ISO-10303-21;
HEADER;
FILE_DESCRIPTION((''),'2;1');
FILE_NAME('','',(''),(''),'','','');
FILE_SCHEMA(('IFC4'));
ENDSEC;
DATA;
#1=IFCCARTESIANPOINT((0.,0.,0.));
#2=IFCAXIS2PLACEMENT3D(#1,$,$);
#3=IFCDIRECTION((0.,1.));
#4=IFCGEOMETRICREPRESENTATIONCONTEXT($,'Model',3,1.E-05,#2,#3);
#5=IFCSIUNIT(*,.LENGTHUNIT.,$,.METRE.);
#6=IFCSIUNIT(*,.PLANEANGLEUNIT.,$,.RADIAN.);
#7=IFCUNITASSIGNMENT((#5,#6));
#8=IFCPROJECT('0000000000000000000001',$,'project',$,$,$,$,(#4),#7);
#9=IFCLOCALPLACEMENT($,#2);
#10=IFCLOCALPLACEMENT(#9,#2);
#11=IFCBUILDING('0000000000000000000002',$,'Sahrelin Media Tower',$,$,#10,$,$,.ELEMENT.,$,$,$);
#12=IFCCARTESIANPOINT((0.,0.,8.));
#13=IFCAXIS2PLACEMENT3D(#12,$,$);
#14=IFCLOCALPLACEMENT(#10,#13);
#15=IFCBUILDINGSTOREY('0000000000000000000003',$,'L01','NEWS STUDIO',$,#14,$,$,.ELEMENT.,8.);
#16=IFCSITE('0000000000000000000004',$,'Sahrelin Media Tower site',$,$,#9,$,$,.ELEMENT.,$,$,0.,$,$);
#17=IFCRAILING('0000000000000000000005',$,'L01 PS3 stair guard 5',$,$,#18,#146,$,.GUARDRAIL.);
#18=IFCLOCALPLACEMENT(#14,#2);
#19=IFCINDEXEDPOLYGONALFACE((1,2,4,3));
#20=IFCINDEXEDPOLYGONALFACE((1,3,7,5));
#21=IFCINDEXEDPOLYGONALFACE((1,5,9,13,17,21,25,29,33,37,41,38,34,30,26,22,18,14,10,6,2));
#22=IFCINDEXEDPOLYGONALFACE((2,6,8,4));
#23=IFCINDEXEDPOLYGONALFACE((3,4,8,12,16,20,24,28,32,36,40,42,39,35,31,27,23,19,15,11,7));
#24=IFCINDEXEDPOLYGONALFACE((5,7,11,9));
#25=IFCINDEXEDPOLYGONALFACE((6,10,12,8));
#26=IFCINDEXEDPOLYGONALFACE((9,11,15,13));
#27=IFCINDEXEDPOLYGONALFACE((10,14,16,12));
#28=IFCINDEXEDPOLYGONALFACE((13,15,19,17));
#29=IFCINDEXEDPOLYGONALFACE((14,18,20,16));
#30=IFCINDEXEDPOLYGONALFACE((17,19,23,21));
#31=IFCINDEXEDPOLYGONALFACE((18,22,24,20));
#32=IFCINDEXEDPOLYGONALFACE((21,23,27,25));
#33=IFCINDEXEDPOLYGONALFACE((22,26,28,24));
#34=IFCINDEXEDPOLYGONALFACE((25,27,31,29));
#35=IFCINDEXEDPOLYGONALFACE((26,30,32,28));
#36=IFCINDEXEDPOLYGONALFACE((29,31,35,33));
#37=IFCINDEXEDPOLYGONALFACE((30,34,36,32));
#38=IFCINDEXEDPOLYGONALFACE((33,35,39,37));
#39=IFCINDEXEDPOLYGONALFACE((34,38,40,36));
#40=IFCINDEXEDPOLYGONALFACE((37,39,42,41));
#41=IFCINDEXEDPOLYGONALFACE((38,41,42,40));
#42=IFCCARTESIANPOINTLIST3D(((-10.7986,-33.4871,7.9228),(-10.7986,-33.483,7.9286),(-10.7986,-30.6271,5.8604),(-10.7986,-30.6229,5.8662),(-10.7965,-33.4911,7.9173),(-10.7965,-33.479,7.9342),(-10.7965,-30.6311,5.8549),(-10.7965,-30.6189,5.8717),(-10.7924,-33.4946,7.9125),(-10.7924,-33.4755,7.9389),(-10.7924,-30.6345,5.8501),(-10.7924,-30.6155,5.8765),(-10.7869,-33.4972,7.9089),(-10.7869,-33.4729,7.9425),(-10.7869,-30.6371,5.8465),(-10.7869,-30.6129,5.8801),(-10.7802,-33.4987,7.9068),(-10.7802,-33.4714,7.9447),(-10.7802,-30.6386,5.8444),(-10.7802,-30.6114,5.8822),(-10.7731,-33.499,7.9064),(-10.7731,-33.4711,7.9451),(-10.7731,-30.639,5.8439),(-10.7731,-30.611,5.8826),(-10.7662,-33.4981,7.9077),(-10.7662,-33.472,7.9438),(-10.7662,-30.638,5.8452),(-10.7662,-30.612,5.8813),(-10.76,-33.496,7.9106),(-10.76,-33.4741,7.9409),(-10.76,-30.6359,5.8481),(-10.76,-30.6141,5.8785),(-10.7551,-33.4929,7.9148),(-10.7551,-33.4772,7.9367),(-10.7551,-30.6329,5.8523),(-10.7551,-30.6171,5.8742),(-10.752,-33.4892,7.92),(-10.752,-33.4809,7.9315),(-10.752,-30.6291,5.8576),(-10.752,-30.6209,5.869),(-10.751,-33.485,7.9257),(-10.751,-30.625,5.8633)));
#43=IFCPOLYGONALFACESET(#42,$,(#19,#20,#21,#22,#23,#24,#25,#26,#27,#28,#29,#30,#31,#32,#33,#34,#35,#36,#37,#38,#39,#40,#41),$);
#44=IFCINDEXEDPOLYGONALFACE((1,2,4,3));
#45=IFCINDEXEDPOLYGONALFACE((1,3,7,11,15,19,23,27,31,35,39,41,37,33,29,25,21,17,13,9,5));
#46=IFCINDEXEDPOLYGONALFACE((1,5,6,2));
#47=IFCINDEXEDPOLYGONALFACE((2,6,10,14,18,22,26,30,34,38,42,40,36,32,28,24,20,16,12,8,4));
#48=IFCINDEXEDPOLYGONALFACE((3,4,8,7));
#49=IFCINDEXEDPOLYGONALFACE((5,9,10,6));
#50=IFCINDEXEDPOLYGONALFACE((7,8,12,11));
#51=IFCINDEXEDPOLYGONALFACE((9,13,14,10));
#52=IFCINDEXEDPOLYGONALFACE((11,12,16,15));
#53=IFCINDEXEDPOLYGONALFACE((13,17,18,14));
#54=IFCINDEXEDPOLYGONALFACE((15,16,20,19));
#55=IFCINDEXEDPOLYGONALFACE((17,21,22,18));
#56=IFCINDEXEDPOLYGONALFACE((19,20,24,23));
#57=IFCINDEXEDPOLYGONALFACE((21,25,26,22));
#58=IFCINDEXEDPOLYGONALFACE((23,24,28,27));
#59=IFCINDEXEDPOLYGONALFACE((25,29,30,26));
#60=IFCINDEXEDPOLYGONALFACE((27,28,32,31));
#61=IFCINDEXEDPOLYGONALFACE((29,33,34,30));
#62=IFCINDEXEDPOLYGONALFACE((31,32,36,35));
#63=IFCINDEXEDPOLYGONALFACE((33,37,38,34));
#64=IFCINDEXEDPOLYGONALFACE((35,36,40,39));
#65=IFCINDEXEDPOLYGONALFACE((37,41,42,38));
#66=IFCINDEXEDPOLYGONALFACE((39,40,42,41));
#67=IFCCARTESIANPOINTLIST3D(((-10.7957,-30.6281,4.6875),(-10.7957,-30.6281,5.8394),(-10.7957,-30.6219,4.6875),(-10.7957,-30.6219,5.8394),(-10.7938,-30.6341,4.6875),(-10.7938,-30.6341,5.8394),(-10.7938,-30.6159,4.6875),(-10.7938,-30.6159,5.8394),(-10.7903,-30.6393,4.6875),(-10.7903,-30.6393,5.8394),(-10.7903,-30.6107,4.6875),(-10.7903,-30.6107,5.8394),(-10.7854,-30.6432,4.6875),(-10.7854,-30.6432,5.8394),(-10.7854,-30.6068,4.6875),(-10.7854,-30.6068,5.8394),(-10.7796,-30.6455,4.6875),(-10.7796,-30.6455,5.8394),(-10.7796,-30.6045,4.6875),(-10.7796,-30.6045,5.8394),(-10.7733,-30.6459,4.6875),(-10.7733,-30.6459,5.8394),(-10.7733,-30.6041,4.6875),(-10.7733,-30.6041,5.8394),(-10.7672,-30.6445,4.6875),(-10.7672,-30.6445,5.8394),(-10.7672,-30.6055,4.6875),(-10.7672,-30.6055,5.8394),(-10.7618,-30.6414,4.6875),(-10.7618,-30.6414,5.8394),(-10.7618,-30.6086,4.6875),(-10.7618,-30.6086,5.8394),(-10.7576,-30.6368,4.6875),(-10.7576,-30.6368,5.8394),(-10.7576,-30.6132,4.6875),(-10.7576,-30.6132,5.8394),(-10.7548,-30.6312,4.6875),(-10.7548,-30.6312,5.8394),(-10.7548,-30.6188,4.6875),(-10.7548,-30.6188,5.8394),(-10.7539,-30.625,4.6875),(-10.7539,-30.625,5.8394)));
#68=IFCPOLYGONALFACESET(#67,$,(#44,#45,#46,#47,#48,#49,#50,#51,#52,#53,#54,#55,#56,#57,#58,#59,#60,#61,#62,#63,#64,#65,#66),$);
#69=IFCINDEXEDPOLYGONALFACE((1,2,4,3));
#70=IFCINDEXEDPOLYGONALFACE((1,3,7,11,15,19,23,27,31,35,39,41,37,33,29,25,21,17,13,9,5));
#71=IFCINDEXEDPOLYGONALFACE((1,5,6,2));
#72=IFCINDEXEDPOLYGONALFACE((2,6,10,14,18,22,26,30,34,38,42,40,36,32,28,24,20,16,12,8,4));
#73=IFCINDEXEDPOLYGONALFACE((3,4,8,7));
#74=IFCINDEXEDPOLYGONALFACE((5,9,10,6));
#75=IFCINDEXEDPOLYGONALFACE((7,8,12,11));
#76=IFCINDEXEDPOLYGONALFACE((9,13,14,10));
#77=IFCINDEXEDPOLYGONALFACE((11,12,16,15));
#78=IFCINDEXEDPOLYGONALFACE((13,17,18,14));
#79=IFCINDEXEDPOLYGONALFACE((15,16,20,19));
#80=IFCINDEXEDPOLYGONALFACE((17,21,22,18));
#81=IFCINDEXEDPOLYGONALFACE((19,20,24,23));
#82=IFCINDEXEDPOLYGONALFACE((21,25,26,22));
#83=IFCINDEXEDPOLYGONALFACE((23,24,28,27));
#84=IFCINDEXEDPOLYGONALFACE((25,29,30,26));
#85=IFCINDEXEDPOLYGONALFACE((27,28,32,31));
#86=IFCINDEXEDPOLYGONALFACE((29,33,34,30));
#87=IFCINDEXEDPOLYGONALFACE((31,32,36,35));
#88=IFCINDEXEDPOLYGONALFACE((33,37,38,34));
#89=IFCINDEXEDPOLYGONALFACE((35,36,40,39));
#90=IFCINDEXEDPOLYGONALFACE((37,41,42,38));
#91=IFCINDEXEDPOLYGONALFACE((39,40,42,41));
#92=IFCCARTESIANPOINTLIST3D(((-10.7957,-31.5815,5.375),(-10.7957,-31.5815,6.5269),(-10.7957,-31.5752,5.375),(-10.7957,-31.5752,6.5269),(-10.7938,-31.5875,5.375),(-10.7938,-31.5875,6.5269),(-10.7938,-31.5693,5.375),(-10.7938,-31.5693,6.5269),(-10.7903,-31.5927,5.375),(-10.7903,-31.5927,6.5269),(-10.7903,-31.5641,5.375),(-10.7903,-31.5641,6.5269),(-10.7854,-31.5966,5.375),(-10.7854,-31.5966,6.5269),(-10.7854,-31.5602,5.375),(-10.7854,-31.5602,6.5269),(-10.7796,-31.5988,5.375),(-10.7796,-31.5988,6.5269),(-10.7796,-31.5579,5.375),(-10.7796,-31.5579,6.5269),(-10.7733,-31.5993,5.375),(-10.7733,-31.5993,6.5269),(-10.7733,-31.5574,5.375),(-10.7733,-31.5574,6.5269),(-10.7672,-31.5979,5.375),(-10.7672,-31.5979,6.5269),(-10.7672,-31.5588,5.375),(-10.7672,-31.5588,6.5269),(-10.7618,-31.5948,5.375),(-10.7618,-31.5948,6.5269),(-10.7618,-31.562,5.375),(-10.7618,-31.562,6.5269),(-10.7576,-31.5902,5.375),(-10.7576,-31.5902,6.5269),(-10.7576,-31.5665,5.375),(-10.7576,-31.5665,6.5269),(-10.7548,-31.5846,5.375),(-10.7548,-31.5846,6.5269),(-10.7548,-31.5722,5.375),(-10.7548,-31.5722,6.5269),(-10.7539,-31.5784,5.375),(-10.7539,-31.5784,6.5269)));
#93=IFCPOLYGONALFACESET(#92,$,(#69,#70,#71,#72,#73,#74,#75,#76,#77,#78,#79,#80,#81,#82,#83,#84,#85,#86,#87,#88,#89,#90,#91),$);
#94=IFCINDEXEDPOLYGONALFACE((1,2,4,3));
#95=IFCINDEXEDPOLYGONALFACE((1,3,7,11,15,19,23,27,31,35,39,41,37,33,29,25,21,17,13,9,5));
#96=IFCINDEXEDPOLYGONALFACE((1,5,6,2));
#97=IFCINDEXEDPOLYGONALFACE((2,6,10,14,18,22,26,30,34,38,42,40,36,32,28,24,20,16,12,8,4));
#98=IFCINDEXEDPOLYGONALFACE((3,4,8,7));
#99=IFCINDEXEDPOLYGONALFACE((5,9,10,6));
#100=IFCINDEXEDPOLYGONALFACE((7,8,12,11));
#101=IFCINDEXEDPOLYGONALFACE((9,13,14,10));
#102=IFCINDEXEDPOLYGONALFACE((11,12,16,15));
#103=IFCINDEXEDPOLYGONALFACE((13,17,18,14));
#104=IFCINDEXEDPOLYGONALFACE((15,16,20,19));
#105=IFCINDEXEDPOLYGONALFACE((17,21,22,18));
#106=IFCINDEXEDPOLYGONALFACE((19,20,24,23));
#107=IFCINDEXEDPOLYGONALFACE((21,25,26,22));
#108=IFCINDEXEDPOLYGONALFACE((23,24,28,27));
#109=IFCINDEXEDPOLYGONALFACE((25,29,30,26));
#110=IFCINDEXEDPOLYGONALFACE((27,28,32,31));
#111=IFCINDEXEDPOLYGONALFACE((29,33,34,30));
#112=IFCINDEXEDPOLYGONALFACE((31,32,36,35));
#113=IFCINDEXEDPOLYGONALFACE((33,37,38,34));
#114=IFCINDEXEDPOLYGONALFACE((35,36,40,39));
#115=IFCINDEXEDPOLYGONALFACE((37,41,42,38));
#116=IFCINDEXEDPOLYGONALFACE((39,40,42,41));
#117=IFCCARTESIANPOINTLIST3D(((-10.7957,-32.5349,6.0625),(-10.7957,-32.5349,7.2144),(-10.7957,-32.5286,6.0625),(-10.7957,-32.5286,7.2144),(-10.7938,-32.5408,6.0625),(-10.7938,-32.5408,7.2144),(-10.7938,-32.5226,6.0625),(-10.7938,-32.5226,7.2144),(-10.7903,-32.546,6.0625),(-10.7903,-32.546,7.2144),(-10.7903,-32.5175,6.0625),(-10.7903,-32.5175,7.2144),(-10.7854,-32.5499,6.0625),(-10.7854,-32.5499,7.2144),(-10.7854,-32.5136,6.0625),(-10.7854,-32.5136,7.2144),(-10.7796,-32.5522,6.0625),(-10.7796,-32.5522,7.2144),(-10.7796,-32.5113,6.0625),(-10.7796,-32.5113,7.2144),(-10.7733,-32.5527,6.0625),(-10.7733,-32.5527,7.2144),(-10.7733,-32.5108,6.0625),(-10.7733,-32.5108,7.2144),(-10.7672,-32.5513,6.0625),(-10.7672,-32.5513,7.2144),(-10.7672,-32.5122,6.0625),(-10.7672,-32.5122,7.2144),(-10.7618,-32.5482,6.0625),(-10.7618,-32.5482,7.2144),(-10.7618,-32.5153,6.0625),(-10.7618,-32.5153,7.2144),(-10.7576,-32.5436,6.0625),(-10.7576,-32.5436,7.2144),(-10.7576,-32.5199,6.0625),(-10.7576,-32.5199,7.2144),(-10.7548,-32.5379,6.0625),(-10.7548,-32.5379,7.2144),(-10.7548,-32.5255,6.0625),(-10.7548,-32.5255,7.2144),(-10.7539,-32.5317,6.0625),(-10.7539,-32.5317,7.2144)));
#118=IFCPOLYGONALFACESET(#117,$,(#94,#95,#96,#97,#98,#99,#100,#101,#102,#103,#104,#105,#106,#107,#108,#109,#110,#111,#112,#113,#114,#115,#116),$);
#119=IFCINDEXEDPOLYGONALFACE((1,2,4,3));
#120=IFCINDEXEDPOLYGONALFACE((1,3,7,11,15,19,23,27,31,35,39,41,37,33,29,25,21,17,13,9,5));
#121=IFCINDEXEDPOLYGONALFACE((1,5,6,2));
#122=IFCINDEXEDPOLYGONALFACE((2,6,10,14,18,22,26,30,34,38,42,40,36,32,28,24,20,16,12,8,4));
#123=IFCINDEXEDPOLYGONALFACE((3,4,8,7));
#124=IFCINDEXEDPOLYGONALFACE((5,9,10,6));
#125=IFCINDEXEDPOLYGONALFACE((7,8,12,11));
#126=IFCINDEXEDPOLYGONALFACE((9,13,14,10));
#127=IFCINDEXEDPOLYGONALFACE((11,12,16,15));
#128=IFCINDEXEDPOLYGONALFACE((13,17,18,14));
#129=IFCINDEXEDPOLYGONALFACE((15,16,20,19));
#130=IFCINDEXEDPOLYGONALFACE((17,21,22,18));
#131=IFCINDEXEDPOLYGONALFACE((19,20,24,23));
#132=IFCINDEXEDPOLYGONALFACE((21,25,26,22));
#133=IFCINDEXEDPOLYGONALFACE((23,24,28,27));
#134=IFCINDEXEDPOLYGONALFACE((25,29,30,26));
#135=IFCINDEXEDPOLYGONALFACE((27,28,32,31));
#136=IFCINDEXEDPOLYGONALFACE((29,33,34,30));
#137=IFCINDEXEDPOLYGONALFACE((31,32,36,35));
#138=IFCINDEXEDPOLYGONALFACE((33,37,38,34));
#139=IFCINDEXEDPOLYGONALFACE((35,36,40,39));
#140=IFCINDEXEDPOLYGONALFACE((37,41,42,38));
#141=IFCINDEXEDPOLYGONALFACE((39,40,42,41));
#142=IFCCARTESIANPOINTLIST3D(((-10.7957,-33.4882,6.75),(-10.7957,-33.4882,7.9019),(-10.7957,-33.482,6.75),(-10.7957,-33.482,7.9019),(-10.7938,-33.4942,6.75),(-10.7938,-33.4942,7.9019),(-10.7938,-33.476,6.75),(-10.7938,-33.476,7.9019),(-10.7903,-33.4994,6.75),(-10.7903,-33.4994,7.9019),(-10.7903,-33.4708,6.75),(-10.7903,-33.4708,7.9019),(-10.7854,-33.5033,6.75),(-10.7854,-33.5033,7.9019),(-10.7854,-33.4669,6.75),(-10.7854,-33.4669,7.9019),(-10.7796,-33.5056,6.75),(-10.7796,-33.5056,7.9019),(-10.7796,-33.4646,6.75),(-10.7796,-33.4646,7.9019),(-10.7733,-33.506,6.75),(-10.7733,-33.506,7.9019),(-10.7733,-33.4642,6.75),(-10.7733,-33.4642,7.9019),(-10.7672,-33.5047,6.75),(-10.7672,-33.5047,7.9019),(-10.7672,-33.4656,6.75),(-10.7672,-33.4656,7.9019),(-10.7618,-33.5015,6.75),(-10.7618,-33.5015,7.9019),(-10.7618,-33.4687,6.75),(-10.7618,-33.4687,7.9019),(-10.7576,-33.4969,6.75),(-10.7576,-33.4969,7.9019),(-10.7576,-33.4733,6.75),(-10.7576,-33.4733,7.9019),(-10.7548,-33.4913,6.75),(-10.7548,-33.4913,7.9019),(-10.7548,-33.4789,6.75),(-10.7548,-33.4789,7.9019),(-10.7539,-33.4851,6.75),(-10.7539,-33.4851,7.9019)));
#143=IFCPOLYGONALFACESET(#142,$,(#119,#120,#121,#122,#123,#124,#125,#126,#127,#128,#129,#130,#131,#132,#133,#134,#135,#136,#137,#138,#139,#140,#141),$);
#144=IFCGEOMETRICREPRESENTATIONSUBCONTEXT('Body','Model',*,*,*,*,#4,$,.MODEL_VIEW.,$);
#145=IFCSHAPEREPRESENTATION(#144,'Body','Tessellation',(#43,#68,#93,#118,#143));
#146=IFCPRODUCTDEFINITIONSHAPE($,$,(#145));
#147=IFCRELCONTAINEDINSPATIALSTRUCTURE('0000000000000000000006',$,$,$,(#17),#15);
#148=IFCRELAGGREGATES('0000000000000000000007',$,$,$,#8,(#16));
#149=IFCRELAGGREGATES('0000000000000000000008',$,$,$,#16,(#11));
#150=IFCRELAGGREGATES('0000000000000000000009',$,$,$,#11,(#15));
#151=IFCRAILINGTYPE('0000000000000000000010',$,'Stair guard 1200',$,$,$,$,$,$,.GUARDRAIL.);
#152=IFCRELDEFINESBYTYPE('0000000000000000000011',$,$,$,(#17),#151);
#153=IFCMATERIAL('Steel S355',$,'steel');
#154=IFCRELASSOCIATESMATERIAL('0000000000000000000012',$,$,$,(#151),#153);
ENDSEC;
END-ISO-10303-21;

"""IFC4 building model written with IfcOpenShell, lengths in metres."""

from ifc_helpers import new_model, si_unit, direction, frame, origin, origin_2d, place, context, subcontext, project, spatial, circle, extrude, material, type_object, element, save


model = new_model("IFC4")

# Units and contexts
model_context = context("Model", 3, precision=1e-05, world=origin(), true_north=direction((0.0, 1.0)))
body_context = subcontext(model_context, "Body", "Model", "MODEL_VIEW")
ifc_project = project(units=[si_unit("LENGTHUNIT", "METRE"), si_unit("PLANEANGLEUNIT", "RADIAN")], contexts=[model_context])

# Site, building, storey
site_placement = place(None, origin())
site = spatial("IfcSite", under=ifc_project, at=site_placement, Name="Sahrelin Media Tower site", CompositionType="ELEMENT", RefElevation=0.0)
building_placement = place(site_placement, origin())
building = spatial("IfcBuilding", under=site, at=building_placement, Name="Sahrelin Media Tower", CompositionType="ELEMENT")
storey_placement = place(building_placement, frame((0.0, 0.0, 8.0)))
storey = spatial("IfcBuildingStorey", under=building, at=storey_placement, Name="L01", Description="NEWS STUDIO", CompositionType="ELEMENT", Elevation=8.0)

# Shared definitions
ifc_material_1 = material(Name="Steel S355", Category="steel")

# Railing
railing_type_1 = type_object("IfcRailingType", Name="Stair guard 1200", PredefinedType="GUARDRAIL", material=ifc_material_1)
railing_1_placement = place(storey_placement, frame((-10.7749, -30.625, 4.6875)))
element("IfcRailing", 1, at=railing_1_placement, inside=storey, type_object=railing_type_1, Name="L01 PS3 stair guard 5", PredefinedType="GUARDRAIL", context=body_context, shape_type="SweptSolid", body=[
    extrude(circle(Radius=0.0239, at=origin_2d()), frame((0.0, 0.0, 1.1758), z_axis=(0.0, -0.811101, 0.584906), x_axis=(1.0, 0.0, 0.0)), (0.0, 0.0, 1.0), 3.5261),
    extrude(circle(Radius=0.021, at=origin_2d()), origin(), (0.0, 0.0, 1.0), 1.1519),
    extrude(circle(Radius=0.021, at=origin_2d()), frame((0.0, -0.9534, 0.6875)), (0.0, 0.0, 1.0), 1.1519),
    extrude(circle(Radius=0.021, at=origin_2d()), frame((0.0, -1.9067, 1.375)), (0.0, 0.0, 1.0), 1.1519),
    extrude(circle(Radius=0.021, at=origin_2d()), frame((0.0, -2.8601, 2.0625)), (0.0, 0.0, 1.0), 1.1519),
])

save(model, "model.ifc")
